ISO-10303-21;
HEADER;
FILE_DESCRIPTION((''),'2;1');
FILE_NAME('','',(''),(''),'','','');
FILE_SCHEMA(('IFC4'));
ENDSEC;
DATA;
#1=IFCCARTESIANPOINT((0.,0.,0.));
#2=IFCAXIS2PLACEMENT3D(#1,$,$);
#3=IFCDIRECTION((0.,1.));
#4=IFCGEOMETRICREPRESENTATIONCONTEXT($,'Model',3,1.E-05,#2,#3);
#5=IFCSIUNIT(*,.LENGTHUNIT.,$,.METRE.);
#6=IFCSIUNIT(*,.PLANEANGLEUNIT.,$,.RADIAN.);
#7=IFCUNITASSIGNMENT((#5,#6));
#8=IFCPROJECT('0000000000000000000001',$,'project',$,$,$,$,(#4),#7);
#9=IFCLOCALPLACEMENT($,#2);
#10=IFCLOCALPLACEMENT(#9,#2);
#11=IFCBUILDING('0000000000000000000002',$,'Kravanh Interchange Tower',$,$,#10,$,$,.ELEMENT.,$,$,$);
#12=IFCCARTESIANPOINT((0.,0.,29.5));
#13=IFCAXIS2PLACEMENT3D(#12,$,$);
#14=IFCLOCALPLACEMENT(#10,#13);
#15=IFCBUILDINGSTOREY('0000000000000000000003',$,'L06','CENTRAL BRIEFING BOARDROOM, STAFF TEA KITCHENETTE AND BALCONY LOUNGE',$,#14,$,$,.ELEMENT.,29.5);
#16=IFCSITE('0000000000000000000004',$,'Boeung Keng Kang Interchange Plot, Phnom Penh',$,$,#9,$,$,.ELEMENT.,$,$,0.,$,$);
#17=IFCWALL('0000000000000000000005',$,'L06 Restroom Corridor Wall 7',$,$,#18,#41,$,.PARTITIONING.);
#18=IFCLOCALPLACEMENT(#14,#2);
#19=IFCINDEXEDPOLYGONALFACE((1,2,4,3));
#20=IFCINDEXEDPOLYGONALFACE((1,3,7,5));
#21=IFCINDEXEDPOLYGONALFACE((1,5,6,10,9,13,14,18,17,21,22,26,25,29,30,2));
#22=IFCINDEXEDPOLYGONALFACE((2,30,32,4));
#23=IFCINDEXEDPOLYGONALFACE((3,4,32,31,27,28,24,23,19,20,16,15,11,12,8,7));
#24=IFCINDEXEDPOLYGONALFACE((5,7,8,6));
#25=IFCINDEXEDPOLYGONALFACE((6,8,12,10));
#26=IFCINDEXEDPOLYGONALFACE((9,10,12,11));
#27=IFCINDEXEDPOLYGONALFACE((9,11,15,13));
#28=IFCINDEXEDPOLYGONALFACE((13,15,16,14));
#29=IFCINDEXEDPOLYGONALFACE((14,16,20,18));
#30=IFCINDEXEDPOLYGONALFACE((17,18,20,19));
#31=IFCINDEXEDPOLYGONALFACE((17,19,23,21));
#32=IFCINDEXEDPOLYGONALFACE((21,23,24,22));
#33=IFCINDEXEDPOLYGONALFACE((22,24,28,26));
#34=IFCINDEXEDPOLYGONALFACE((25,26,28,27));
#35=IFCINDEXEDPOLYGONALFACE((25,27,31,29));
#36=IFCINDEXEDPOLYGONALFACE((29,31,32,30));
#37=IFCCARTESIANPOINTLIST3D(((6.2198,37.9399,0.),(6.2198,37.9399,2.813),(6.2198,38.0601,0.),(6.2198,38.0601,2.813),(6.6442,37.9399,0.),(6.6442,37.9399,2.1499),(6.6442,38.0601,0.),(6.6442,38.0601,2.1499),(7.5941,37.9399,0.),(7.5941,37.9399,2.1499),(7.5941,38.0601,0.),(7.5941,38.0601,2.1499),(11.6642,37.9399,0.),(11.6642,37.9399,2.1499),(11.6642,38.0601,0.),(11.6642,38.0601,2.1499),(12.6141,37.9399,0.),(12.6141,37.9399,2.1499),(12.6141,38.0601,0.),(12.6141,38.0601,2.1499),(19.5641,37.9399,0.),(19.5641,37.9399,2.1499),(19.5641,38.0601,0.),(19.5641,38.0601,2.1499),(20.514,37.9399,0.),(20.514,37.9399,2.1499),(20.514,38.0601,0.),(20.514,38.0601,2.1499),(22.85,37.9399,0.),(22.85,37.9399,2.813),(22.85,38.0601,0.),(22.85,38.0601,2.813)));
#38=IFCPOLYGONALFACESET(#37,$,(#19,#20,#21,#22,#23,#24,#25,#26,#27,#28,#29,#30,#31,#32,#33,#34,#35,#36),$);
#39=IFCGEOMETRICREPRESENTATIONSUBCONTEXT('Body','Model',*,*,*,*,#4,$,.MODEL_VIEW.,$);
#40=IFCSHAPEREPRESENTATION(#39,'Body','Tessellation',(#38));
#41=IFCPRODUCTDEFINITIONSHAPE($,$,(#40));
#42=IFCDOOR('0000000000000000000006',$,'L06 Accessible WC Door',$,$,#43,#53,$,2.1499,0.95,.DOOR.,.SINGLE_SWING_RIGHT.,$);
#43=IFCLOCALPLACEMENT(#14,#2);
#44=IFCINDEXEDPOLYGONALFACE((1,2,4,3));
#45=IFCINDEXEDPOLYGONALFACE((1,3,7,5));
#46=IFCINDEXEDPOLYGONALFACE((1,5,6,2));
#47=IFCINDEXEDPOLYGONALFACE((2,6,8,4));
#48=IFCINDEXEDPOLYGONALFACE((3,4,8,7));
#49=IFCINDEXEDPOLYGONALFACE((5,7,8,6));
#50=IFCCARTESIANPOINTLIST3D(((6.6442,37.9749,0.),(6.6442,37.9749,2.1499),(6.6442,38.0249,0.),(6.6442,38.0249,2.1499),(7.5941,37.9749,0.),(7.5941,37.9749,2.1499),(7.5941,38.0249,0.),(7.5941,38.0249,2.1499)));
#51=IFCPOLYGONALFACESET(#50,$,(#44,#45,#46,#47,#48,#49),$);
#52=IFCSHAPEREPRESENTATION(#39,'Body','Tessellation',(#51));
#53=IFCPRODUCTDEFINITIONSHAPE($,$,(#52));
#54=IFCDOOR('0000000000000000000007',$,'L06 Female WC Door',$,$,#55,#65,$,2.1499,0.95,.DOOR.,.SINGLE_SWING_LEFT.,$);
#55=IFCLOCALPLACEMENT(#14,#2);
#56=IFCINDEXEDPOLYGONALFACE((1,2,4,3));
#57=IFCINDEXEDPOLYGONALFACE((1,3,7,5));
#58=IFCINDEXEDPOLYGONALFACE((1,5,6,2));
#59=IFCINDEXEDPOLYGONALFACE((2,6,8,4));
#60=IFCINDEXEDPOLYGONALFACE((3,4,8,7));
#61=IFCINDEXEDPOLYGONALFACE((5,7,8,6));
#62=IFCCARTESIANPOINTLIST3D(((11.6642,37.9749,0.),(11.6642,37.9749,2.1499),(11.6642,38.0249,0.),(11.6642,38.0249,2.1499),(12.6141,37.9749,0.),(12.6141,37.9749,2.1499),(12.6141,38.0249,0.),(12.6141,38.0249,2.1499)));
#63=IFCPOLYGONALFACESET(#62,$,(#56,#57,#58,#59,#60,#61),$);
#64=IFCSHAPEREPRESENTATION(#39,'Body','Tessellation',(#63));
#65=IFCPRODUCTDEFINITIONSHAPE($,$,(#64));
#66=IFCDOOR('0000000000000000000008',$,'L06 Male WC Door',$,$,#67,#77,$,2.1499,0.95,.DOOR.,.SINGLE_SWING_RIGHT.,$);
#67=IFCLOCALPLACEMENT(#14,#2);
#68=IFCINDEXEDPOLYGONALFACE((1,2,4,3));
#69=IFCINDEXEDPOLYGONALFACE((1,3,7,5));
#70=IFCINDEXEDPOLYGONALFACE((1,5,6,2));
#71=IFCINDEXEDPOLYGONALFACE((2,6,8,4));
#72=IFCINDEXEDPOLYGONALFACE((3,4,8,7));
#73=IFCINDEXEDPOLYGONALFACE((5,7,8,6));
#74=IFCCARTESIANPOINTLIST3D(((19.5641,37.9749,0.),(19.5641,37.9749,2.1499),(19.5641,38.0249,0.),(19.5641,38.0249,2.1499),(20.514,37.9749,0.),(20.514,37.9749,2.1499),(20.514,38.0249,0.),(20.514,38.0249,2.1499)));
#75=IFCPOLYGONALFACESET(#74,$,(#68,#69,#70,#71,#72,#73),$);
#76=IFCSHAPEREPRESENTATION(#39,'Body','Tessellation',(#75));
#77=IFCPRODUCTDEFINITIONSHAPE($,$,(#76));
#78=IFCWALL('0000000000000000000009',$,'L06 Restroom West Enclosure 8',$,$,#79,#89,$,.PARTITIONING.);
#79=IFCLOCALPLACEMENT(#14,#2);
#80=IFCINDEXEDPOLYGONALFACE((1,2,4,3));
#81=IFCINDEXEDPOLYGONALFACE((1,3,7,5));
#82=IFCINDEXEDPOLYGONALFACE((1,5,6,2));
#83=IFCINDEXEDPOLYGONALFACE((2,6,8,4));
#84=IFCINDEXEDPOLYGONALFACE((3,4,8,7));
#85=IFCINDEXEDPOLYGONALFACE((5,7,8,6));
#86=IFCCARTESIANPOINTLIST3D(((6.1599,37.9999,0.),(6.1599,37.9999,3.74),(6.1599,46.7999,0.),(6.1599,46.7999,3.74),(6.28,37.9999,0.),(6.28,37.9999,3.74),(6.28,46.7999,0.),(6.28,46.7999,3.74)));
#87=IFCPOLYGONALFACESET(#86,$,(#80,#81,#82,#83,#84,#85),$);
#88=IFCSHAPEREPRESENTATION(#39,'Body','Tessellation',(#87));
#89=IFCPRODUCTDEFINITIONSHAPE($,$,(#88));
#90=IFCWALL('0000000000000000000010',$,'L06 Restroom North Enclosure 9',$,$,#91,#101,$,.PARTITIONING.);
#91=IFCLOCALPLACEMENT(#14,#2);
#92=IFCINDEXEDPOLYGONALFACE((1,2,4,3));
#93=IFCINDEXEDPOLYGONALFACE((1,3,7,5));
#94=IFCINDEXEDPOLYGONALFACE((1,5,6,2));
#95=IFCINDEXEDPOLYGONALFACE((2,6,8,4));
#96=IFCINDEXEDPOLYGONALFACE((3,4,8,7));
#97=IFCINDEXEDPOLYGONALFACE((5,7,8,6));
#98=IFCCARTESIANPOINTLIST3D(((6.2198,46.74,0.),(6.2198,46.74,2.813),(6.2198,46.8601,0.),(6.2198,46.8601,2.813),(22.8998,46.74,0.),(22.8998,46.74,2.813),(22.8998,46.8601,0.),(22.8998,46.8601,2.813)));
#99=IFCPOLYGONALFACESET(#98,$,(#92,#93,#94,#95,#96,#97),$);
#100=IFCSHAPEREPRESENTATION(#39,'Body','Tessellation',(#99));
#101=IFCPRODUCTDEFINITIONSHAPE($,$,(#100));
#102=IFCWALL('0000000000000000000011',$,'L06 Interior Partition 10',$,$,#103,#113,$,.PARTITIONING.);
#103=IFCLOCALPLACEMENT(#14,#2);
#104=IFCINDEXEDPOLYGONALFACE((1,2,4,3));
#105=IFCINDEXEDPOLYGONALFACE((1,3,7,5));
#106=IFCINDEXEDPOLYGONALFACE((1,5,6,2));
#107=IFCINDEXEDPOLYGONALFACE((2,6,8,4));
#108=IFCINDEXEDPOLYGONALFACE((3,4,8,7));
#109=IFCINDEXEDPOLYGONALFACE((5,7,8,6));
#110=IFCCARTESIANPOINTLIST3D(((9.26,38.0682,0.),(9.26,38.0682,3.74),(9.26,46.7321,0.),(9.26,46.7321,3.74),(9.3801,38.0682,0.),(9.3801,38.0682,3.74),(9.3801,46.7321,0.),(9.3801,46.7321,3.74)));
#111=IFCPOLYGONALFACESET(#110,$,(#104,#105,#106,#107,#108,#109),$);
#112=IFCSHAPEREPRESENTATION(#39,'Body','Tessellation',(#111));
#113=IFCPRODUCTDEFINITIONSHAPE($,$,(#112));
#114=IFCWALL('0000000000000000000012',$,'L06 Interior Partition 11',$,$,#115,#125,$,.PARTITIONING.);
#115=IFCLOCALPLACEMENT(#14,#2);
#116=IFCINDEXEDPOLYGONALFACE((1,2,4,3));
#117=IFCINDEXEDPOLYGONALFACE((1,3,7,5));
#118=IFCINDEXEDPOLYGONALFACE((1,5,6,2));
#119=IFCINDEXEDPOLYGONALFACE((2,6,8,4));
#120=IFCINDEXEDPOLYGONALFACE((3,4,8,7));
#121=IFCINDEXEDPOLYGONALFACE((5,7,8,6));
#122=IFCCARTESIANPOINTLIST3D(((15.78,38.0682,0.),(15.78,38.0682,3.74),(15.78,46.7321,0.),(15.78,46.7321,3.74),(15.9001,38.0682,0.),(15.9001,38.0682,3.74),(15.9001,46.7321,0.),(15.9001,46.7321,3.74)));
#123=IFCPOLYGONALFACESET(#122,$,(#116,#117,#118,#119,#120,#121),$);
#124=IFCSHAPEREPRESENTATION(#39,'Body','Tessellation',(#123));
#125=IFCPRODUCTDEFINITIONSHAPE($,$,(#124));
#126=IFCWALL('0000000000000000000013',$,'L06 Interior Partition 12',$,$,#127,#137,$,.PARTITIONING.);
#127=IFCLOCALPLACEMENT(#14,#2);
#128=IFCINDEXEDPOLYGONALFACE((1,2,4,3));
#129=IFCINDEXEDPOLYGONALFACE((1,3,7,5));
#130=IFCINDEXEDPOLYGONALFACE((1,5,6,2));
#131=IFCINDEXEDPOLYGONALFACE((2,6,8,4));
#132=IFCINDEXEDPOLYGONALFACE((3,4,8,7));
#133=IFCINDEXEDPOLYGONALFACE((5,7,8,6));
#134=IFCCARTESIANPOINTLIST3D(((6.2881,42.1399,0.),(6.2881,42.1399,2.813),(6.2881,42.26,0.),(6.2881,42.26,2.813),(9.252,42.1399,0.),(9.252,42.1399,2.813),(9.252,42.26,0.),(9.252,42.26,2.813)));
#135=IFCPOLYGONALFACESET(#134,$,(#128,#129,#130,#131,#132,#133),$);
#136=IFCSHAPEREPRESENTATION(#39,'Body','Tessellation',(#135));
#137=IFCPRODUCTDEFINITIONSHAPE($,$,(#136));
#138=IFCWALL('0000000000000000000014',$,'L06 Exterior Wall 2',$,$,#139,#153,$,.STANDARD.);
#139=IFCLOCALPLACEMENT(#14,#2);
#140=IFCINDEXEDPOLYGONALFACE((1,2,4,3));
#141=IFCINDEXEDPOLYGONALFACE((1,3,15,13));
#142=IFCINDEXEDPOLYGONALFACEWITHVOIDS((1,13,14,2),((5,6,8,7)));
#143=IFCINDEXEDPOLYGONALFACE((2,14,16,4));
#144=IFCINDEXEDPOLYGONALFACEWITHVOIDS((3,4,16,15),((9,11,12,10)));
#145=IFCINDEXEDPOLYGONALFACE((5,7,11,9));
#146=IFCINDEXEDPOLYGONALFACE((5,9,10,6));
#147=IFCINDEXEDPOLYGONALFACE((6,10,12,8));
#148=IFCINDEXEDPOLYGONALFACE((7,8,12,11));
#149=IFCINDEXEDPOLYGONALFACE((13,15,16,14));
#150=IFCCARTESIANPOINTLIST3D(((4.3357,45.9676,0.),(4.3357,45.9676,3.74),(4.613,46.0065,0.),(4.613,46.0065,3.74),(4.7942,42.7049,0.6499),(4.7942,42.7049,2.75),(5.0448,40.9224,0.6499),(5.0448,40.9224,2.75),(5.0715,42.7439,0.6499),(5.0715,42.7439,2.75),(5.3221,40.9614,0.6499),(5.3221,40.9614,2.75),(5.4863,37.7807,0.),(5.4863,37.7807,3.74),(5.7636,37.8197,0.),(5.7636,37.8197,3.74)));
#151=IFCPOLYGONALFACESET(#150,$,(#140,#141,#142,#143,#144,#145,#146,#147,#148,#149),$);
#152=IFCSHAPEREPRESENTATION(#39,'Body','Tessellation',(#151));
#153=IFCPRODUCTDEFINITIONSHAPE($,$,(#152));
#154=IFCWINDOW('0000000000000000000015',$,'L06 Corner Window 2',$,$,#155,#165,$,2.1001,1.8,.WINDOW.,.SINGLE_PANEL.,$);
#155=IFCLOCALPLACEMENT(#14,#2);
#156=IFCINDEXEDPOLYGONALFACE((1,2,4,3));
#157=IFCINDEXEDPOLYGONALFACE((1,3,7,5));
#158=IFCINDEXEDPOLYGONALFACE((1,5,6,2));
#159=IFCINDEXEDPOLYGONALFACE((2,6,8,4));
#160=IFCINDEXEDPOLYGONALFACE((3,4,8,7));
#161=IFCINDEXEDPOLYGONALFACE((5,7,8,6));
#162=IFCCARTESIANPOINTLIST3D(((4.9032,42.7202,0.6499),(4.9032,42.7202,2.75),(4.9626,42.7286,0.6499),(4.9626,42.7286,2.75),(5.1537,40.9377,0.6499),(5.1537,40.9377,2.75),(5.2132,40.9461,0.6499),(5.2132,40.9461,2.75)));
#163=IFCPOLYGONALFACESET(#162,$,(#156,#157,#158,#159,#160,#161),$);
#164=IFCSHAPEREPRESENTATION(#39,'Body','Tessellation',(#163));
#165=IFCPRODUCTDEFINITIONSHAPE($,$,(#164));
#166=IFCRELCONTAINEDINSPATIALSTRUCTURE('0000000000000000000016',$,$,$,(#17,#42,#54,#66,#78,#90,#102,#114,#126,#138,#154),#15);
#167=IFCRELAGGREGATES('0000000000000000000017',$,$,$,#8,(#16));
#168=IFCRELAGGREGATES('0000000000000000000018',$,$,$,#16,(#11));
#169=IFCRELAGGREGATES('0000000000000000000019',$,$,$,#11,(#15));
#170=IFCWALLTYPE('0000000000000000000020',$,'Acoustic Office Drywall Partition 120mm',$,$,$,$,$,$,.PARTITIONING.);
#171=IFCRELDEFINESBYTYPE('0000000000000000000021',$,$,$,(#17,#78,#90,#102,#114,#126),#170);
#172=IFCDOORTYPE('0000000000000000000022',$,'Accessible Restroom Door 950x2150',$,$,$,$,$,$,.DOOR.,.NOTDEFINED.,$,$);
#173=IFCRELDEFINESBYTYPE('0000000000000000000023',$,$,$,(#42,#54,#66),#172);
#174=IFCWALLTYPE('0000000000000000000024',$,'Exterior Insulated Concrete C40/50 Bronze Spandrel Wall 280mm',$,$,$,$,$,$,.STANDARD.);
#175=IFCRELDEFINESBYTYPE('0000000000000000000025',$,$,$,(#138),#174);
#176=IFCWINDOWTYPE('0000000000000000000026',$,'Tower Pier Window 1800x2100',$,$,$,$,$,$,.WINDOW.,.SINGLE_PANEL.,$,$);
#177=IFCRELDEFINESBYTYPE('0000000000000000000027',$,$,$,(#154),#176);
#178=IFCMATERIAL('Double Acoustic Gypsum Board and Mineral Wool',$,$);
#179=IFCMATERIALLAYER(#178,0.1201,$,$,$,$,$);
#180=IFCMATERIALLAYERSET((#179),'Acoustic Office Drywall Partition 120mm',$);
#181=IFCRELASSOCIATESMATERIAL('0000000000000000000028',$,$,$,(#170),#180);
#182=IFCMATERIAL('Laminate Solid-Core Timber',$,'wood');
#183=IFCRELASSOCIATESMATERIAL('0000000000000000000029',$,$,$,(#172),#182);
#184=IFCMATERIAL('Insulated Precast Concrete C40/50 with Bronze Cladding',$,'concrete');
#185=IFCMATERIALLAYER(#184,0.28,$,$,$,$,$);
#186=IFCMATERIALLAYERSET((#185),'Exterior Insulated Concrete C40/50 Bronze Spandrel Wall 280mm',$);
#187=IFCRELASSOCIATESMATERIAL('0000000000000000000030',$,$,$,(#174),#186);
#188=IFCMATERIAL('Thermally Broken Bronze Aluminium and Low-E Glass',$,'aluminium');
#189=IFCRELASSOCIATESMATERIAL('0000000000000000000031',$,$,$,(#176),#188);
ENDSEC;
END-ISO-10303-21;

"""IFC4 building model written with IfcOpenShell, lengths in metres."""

from ifc_helpers import new_model, si_unit, direction, frame, frame_2d, origin, place, context, subcontext, project, spatial, rectangle, extrude, material, layer, layer_set, type_object, element, fill, save


model = new_model("IFC4")

# Units and contexts
model_context = context("Model", 3, precision=1e-05, world=origin(), true_north=direction((0.0, 1.0)))
body_context = subcontext(model_context, "Body", "Model", "MODEL_VIEW")
ifc_project = project(units=[si_unit("LENGTHUNIT", "METRE"), si_unit("PLANEANGLEUNIT", "RADIAN")], contexts=[model_context])

# Site, building, storey
site_placement = place(None, origin())
site = spatial("IfcSite", under=ifc_project, at=site_placement, Name="Boeung Keng Kang Interchange Plot, Phnom Penh", CompositionType="ELEMENT", RefElevation=0.0)
building_placement = place(site_placement, origin())
building = spatial("IfcBuilding", under=site, at=building_placement, Name="Kravanh Interchange Tower", CompositionType="ELEMENT")
storey_placement = place(building_placement, frame((0.0, 0.0, 29.5)))
storey = spatial("IfcBuildingStorey", under=building, at=storey_placement, Name="L06", Description="CENTRAL BRIEFING BOARDROOM, STAFF TEA KITCHENETTE AND BALCONY LOUNGE", CompositionType="ELEMENT", Elevation=29.5)

# Wall, openings, doors
ifc_material_1 = material(Name="Double Acoustic Gypsum Board and Mineral Wool")
ifc_layer_1 = layer(ifc_material_1, 0.1201)
ifc_layer_set_1 = layer_set([ifc_layer_1], Name="Acoustic Office Drywall Partition 120mm")
wall_type_1 = type_object("IfcWallType", Name="Acoustic Office Drywall Partition 120mm", PredefinedType="PARTITIONING", material=ifc_layer_set_1)
wall_1_placement = place(storey_placement, frame((6.22, 38.0, 0.0), z_axis=(0.0, 0.0, 1.0), x_axis=(1.0, 0.0, 0.0)))
wall_1 = element("IfcWall", 1, at=wall_1_placement, inside=storey, type_object=wall_type_1, Name="L06 Restroom Corridor Wall 7", PredefinedType="PARTITIONING", context=body_context, shape_type="SweptSolid", body=[
    extrude(rectangle(XDim=16.6301, YDim=0.1201, at=frame_2d((8.3149, 0.0))), origin(), (0.0, 0.0, 1.0), 2.813),
])
opening_1_placement = place(wall_1_placement, frame((0.4241, 0.0, 0.0)))
opening_1 = element("IfcOpeningElement", 2, at=opening_1_placement, cuts=wall_1, PredefinedType="OPENING", context=body_context, shape_type="SweptSolid", body=[
    extrude(rectangle(XDim=0.95, YDim=2.1499, at=frame_2d((0.4751, 1.075))), frame((0.0, 0.0701, 0.0), z_axis=(0.0, -1.0, 0.0), x_axis=(1.0, 0.0, 0.0)), (0.0, 0.0, 1.0), 0.1401),
])
opening_2_placement = place(wall_1_placement, frame((5.4441, 0.0, 0.0)))
opening_2 = element("IfcOpeningElement", 3, at=opening_2_placement, cuts=wall_1, PredefinedType="OPENING", context=body_context, shape_type="SweptSolid", body=[
    extrude(rectangle(XDim=0.95, YDim=2.1499, at=frame_2d((0.4751, 1.075))), frame((0.0, 0.0701, 0.0), z_axis=(0.0, -1.0, 0.0), x_axis=(1.0, 0.0, 0.0)), (0.0, 0.0, 1.0), 0.1401),
])
opening_3_placement = place(wall_1_placement, frame((13.344, 0.0, 0.0)))
opening_3 = element("IfcOpeningElement", 4, at=opening_3_placement, cuts=wall_1, PredefinedType="OPENING", context=body_context, shape_type="SweptSolid", body=[
    extrude(rectangle(XDim=0.95, YDim=2.1499, at=frame_2d((0.4751, 1.075))), frame((0.0, 0.0701, 0.0), z_axis=(0.0, -1.0, 0.0), x_axis=(1.0, 0.0, 0.0)), (0.0, 0.0, 1.0), 0.1401),
])
ifc_material_2 = material(Name="Laminate Solid-Core Timber", Category="wood")
door_type = type_object("IfcDoorType", Name="Accessible Restroom Door 950x2150", OperationType="NOTDEFINED", PredefinedType="DOOR", material=ifc_material_2)
door_1_placement = place(opening_1_placement, origin())
door_1 = element("IfcDoor", 5, at=door_1_placement, inside=storey, type_object=door_type, Name="L06 Accessible WC Door", OperationType="SINGLE_SWING_RIGHT", OverallHeight=2.1499, OverallWidth=0.95, PredefinedType="DOOR", context=body_context, shape_type="SweptSolid", body=[
    extrude(rectangle(XDim=0.95, YDim=2.1499, at=frame_2d((0.4751, 1.075))), frame((0.0, 0.0249, 0.0), z_axis=(0.0, -1.0, 0.0), x_axis=(1.0, 0.0, 0.0)), (0.0, 0.0, 1.0), 0.05),
])
fill(opening_1, door_1)
door_2_placement = place(opening_2_placement, origin())
door_2 = element("IfcDoor", 6, at=door_2_placement, inside=storey, type_object=door_type, Name="L06 Female WC Door", OperationType="SINGLE_SWING_LEFT", OverallHeight=2.1499, OverallWidth=0.95, PredefinedType="DOOR", context=body_context, shape_type="SweptSolid", body=[
    extrude(rectangle(XDim=0.95, YDim=2.1499, at=frame_2d((0.4751, 1.075))), frame((0.0, 0.0249, 0.0), z_axis=(0.0, -1.0, 0.0), x_axis=(1.0, 0.0, 0.0)), (0.0, 0.0, 1.0), 0.05),
])
fill(opening_2, door_2)
door_3_placement = place(opening_3_placement, origin())
door_3 = element("IfcDoor", 7, at=door_3_placement, inside=storey, type_object=door_type, Name="L06 Male WC Door", OperationType="SINGLE_SWING_RIGHT", OverallHeight=2.1499, OverallWidth=0.95, PredefinedType="DOOR", context=body_context, shape_type="SweptSolid", body=[
    extrude(rectangle(XDim=0.95, YDim=2.1499, at=frame_2d((0.4751, 1.075))), frame((0.0, 0.0249, 0.0), z_axis=(0.0, -1.0, 0.0), x_axis=(1.0, 0.0, 0.0)), (0.0, 0.0, 1.0), 0.05),
])
fill(opening_3, door_3)

# Walls
wall_2_placement = place(storey_placement, frame((6.22, 38.0, 0.0), z_axis=(0.0, 0.0, 1.0), x_axis=(0.0, 1.0, 0.0)))
element("IfcWall", 8, at=wall_2_placement, inside=storey, type_object=wall_type_1, Name="L06 Restroom West Enclosure 8", PredefinedType="PARTITIONING", context=body_context, shape_type="SweptSolid", body=[
    extrude(rectangle(XDim=8.8, YDim=0.1201, at=frame_2d((4.3999, 0.0))), origin(), (0.0, 0.0, 1.0), 3.74),
])
wall_3_placement = place(storey_placement, frame((6.22, 46.8, 0.0), z_axis=(0.0, 0.0, 1.0), x_axis=(1.0, 0.0, 0.0)))
element("IfcWall", 9, at=wall_3_placement, inside=storey, type_object=wall_type_1, Name="L06 Restroom North Enclosure 9", PredefinedType="PARTITIONING", context=body_context, shape_type="SweptSolid", body=[
    extrude(rectangle(XDim=16.6799, YDim=0.1201, at=frame_2d((8.3398, 0.0))), origin(), (0.0, 0.0, 1.0), 2.813),
])
for number, where, z_axis, x_axis, name in (
    (10, (9.3201, 38.0681, 0.0), (0.0, 0.0, 1.0), (0.0, 1.0, 0.0), "L06 Interior Partition 10"),
    (11, (15.8401, 38.0681, 0.0), (0.0, 0.0, 1.0), (0.0, 1.0, 0.0), "L06 Interior Partition 11"),
):
    element("IfcWall", number, at=place(storey_placement, frame(where, z_axis=z_axis, x_axis=x_axis)), inside=storey, type_object=wall_type_1, Name=name, PredefinedType="PARTITIONING", context=body_context, shape_type="SweptSolid", body=[
        extrude(rectangle(XDim=8.6638, YDim=0.1201, at=frame_2d((4.332, 0.0))), origin(), (0.0, 0.0, 1.0), 3.74),
    ])
wall_4_placement = place(storey_placement, frame((6.2881, 42.2, 0.0), z_axis=(0.0, 0.0, 1.0), x_axis=(1.0, 0.0, 0.0)))
element("IfcWall", 12, at=wall_4_placement, inside=storey, type_object=wall_type_1, Name="L06 Interior Partition 12", PredefinedType="PARTITIONING", context=body_context, shape_type="SweptSolid", body=[
    extrude(rectangle(XDim=2.9639, YDim=0.1201, at=frame_2d((1.4819, 0.0))), origin(), (0.0, 0.0, 1.0), 2.813),
])

# Wall, opening, window
ifc_material_3 = material(Name="Insulated Precast Concrete C40/50 with Bronze Cladding", Category="concrete")
ifc_layer_2 = layer(ifc_material_3, 0.28)
ifc_layer_set_2 = layer_set([ifc_layer_2], Name="Exterior Insulated Concrete C40/50 Bronze Spandrel Wall 280mm")
wall_type_2 = type_object("IfcWallType", Name="Exterior Insulated Concrete C40/50 Bronze Spandrel Wall 280mm", PredefinedType="STANDARD", material=ifc_layer_set_2)
wall_5_placement = place(storey_placement, frame((5.625, 37.8, 0.0), z_axis=(0.0, 0.0, 1.0), x_axis=(-0.13918, 0.990267, 0.0)))
wall_5 = element("IfcWall", 13, at=wall_5_placement, inside=storey, type_object=wall_type_2, Name="L06 Exterior Wall 2", PredefinedType="STANDARD", context=body_context, shape_type="SweptSolid", body=[
    extrude(rectangle(XDim=8.2673, YDim=0.28, at=frame_2d((4.1338, 0.0))), origin(), (0.0, 0.0, 1.0), 3.74),
])
opening_4_placement = place(wall_5_placement, frame((3.1729, 0.0, 0.6499)))
opening_4 = element("IfcOpeningElement", 14, at=opening_4_placement, cuts=wall_5, PredefinedType="OPENING", context=body_context, shape_type="SweptSolid", body=[
    extrude(rectangle(XDim=1.8, YDim=2.1001, at=frame_2d((0.8999, 1.05))), frame((0.0, 0.1499, 0.0), z_axis=(0.0, -1.0, 0.0), x_axis=(1.0, 0.0, 0.0)), (0.0, 0.0, 1.0), 0.3),
])
ifc_material_4 = material(Name="Thermally Broken Bronze Aluminium and Low-E Glass", Category="aluminium")
window_type = type_object("IfcWindowType", Name="Tower Pier Window 1800x2100", PartitioningType="SINGLE_PANEL", PredefinedType="WINDOW", material=ifc_material_4)
window_1_placement = place(opening_4_placement, origin())
window_1 = element("IfcWindow", 15, at=window_1_placement, inside=storey, type_object=window_type, Name="L06 Corner Window 2", OverallHeight=2.1001, OverallWidth=1.8, PartitioningType="SINGLE_PANEL", PredefinedType="WINDOW", context=body_context, shape_type="SweptSolid", body=[
    extrude(rectangle(XDim=1.8, YDim=2.1001, at=frame_2d((0.8999, 1.05))), frame((0.0, 0.03, 0.0), z_axis=(0.0, -1.0, 0.0), x_axis=(1.0, 0.0, 0.0)), (0.0, 0.0, 1.0), 0.0601),
])
fill(opening_4, window_1)

save(model, "model.ifc")
